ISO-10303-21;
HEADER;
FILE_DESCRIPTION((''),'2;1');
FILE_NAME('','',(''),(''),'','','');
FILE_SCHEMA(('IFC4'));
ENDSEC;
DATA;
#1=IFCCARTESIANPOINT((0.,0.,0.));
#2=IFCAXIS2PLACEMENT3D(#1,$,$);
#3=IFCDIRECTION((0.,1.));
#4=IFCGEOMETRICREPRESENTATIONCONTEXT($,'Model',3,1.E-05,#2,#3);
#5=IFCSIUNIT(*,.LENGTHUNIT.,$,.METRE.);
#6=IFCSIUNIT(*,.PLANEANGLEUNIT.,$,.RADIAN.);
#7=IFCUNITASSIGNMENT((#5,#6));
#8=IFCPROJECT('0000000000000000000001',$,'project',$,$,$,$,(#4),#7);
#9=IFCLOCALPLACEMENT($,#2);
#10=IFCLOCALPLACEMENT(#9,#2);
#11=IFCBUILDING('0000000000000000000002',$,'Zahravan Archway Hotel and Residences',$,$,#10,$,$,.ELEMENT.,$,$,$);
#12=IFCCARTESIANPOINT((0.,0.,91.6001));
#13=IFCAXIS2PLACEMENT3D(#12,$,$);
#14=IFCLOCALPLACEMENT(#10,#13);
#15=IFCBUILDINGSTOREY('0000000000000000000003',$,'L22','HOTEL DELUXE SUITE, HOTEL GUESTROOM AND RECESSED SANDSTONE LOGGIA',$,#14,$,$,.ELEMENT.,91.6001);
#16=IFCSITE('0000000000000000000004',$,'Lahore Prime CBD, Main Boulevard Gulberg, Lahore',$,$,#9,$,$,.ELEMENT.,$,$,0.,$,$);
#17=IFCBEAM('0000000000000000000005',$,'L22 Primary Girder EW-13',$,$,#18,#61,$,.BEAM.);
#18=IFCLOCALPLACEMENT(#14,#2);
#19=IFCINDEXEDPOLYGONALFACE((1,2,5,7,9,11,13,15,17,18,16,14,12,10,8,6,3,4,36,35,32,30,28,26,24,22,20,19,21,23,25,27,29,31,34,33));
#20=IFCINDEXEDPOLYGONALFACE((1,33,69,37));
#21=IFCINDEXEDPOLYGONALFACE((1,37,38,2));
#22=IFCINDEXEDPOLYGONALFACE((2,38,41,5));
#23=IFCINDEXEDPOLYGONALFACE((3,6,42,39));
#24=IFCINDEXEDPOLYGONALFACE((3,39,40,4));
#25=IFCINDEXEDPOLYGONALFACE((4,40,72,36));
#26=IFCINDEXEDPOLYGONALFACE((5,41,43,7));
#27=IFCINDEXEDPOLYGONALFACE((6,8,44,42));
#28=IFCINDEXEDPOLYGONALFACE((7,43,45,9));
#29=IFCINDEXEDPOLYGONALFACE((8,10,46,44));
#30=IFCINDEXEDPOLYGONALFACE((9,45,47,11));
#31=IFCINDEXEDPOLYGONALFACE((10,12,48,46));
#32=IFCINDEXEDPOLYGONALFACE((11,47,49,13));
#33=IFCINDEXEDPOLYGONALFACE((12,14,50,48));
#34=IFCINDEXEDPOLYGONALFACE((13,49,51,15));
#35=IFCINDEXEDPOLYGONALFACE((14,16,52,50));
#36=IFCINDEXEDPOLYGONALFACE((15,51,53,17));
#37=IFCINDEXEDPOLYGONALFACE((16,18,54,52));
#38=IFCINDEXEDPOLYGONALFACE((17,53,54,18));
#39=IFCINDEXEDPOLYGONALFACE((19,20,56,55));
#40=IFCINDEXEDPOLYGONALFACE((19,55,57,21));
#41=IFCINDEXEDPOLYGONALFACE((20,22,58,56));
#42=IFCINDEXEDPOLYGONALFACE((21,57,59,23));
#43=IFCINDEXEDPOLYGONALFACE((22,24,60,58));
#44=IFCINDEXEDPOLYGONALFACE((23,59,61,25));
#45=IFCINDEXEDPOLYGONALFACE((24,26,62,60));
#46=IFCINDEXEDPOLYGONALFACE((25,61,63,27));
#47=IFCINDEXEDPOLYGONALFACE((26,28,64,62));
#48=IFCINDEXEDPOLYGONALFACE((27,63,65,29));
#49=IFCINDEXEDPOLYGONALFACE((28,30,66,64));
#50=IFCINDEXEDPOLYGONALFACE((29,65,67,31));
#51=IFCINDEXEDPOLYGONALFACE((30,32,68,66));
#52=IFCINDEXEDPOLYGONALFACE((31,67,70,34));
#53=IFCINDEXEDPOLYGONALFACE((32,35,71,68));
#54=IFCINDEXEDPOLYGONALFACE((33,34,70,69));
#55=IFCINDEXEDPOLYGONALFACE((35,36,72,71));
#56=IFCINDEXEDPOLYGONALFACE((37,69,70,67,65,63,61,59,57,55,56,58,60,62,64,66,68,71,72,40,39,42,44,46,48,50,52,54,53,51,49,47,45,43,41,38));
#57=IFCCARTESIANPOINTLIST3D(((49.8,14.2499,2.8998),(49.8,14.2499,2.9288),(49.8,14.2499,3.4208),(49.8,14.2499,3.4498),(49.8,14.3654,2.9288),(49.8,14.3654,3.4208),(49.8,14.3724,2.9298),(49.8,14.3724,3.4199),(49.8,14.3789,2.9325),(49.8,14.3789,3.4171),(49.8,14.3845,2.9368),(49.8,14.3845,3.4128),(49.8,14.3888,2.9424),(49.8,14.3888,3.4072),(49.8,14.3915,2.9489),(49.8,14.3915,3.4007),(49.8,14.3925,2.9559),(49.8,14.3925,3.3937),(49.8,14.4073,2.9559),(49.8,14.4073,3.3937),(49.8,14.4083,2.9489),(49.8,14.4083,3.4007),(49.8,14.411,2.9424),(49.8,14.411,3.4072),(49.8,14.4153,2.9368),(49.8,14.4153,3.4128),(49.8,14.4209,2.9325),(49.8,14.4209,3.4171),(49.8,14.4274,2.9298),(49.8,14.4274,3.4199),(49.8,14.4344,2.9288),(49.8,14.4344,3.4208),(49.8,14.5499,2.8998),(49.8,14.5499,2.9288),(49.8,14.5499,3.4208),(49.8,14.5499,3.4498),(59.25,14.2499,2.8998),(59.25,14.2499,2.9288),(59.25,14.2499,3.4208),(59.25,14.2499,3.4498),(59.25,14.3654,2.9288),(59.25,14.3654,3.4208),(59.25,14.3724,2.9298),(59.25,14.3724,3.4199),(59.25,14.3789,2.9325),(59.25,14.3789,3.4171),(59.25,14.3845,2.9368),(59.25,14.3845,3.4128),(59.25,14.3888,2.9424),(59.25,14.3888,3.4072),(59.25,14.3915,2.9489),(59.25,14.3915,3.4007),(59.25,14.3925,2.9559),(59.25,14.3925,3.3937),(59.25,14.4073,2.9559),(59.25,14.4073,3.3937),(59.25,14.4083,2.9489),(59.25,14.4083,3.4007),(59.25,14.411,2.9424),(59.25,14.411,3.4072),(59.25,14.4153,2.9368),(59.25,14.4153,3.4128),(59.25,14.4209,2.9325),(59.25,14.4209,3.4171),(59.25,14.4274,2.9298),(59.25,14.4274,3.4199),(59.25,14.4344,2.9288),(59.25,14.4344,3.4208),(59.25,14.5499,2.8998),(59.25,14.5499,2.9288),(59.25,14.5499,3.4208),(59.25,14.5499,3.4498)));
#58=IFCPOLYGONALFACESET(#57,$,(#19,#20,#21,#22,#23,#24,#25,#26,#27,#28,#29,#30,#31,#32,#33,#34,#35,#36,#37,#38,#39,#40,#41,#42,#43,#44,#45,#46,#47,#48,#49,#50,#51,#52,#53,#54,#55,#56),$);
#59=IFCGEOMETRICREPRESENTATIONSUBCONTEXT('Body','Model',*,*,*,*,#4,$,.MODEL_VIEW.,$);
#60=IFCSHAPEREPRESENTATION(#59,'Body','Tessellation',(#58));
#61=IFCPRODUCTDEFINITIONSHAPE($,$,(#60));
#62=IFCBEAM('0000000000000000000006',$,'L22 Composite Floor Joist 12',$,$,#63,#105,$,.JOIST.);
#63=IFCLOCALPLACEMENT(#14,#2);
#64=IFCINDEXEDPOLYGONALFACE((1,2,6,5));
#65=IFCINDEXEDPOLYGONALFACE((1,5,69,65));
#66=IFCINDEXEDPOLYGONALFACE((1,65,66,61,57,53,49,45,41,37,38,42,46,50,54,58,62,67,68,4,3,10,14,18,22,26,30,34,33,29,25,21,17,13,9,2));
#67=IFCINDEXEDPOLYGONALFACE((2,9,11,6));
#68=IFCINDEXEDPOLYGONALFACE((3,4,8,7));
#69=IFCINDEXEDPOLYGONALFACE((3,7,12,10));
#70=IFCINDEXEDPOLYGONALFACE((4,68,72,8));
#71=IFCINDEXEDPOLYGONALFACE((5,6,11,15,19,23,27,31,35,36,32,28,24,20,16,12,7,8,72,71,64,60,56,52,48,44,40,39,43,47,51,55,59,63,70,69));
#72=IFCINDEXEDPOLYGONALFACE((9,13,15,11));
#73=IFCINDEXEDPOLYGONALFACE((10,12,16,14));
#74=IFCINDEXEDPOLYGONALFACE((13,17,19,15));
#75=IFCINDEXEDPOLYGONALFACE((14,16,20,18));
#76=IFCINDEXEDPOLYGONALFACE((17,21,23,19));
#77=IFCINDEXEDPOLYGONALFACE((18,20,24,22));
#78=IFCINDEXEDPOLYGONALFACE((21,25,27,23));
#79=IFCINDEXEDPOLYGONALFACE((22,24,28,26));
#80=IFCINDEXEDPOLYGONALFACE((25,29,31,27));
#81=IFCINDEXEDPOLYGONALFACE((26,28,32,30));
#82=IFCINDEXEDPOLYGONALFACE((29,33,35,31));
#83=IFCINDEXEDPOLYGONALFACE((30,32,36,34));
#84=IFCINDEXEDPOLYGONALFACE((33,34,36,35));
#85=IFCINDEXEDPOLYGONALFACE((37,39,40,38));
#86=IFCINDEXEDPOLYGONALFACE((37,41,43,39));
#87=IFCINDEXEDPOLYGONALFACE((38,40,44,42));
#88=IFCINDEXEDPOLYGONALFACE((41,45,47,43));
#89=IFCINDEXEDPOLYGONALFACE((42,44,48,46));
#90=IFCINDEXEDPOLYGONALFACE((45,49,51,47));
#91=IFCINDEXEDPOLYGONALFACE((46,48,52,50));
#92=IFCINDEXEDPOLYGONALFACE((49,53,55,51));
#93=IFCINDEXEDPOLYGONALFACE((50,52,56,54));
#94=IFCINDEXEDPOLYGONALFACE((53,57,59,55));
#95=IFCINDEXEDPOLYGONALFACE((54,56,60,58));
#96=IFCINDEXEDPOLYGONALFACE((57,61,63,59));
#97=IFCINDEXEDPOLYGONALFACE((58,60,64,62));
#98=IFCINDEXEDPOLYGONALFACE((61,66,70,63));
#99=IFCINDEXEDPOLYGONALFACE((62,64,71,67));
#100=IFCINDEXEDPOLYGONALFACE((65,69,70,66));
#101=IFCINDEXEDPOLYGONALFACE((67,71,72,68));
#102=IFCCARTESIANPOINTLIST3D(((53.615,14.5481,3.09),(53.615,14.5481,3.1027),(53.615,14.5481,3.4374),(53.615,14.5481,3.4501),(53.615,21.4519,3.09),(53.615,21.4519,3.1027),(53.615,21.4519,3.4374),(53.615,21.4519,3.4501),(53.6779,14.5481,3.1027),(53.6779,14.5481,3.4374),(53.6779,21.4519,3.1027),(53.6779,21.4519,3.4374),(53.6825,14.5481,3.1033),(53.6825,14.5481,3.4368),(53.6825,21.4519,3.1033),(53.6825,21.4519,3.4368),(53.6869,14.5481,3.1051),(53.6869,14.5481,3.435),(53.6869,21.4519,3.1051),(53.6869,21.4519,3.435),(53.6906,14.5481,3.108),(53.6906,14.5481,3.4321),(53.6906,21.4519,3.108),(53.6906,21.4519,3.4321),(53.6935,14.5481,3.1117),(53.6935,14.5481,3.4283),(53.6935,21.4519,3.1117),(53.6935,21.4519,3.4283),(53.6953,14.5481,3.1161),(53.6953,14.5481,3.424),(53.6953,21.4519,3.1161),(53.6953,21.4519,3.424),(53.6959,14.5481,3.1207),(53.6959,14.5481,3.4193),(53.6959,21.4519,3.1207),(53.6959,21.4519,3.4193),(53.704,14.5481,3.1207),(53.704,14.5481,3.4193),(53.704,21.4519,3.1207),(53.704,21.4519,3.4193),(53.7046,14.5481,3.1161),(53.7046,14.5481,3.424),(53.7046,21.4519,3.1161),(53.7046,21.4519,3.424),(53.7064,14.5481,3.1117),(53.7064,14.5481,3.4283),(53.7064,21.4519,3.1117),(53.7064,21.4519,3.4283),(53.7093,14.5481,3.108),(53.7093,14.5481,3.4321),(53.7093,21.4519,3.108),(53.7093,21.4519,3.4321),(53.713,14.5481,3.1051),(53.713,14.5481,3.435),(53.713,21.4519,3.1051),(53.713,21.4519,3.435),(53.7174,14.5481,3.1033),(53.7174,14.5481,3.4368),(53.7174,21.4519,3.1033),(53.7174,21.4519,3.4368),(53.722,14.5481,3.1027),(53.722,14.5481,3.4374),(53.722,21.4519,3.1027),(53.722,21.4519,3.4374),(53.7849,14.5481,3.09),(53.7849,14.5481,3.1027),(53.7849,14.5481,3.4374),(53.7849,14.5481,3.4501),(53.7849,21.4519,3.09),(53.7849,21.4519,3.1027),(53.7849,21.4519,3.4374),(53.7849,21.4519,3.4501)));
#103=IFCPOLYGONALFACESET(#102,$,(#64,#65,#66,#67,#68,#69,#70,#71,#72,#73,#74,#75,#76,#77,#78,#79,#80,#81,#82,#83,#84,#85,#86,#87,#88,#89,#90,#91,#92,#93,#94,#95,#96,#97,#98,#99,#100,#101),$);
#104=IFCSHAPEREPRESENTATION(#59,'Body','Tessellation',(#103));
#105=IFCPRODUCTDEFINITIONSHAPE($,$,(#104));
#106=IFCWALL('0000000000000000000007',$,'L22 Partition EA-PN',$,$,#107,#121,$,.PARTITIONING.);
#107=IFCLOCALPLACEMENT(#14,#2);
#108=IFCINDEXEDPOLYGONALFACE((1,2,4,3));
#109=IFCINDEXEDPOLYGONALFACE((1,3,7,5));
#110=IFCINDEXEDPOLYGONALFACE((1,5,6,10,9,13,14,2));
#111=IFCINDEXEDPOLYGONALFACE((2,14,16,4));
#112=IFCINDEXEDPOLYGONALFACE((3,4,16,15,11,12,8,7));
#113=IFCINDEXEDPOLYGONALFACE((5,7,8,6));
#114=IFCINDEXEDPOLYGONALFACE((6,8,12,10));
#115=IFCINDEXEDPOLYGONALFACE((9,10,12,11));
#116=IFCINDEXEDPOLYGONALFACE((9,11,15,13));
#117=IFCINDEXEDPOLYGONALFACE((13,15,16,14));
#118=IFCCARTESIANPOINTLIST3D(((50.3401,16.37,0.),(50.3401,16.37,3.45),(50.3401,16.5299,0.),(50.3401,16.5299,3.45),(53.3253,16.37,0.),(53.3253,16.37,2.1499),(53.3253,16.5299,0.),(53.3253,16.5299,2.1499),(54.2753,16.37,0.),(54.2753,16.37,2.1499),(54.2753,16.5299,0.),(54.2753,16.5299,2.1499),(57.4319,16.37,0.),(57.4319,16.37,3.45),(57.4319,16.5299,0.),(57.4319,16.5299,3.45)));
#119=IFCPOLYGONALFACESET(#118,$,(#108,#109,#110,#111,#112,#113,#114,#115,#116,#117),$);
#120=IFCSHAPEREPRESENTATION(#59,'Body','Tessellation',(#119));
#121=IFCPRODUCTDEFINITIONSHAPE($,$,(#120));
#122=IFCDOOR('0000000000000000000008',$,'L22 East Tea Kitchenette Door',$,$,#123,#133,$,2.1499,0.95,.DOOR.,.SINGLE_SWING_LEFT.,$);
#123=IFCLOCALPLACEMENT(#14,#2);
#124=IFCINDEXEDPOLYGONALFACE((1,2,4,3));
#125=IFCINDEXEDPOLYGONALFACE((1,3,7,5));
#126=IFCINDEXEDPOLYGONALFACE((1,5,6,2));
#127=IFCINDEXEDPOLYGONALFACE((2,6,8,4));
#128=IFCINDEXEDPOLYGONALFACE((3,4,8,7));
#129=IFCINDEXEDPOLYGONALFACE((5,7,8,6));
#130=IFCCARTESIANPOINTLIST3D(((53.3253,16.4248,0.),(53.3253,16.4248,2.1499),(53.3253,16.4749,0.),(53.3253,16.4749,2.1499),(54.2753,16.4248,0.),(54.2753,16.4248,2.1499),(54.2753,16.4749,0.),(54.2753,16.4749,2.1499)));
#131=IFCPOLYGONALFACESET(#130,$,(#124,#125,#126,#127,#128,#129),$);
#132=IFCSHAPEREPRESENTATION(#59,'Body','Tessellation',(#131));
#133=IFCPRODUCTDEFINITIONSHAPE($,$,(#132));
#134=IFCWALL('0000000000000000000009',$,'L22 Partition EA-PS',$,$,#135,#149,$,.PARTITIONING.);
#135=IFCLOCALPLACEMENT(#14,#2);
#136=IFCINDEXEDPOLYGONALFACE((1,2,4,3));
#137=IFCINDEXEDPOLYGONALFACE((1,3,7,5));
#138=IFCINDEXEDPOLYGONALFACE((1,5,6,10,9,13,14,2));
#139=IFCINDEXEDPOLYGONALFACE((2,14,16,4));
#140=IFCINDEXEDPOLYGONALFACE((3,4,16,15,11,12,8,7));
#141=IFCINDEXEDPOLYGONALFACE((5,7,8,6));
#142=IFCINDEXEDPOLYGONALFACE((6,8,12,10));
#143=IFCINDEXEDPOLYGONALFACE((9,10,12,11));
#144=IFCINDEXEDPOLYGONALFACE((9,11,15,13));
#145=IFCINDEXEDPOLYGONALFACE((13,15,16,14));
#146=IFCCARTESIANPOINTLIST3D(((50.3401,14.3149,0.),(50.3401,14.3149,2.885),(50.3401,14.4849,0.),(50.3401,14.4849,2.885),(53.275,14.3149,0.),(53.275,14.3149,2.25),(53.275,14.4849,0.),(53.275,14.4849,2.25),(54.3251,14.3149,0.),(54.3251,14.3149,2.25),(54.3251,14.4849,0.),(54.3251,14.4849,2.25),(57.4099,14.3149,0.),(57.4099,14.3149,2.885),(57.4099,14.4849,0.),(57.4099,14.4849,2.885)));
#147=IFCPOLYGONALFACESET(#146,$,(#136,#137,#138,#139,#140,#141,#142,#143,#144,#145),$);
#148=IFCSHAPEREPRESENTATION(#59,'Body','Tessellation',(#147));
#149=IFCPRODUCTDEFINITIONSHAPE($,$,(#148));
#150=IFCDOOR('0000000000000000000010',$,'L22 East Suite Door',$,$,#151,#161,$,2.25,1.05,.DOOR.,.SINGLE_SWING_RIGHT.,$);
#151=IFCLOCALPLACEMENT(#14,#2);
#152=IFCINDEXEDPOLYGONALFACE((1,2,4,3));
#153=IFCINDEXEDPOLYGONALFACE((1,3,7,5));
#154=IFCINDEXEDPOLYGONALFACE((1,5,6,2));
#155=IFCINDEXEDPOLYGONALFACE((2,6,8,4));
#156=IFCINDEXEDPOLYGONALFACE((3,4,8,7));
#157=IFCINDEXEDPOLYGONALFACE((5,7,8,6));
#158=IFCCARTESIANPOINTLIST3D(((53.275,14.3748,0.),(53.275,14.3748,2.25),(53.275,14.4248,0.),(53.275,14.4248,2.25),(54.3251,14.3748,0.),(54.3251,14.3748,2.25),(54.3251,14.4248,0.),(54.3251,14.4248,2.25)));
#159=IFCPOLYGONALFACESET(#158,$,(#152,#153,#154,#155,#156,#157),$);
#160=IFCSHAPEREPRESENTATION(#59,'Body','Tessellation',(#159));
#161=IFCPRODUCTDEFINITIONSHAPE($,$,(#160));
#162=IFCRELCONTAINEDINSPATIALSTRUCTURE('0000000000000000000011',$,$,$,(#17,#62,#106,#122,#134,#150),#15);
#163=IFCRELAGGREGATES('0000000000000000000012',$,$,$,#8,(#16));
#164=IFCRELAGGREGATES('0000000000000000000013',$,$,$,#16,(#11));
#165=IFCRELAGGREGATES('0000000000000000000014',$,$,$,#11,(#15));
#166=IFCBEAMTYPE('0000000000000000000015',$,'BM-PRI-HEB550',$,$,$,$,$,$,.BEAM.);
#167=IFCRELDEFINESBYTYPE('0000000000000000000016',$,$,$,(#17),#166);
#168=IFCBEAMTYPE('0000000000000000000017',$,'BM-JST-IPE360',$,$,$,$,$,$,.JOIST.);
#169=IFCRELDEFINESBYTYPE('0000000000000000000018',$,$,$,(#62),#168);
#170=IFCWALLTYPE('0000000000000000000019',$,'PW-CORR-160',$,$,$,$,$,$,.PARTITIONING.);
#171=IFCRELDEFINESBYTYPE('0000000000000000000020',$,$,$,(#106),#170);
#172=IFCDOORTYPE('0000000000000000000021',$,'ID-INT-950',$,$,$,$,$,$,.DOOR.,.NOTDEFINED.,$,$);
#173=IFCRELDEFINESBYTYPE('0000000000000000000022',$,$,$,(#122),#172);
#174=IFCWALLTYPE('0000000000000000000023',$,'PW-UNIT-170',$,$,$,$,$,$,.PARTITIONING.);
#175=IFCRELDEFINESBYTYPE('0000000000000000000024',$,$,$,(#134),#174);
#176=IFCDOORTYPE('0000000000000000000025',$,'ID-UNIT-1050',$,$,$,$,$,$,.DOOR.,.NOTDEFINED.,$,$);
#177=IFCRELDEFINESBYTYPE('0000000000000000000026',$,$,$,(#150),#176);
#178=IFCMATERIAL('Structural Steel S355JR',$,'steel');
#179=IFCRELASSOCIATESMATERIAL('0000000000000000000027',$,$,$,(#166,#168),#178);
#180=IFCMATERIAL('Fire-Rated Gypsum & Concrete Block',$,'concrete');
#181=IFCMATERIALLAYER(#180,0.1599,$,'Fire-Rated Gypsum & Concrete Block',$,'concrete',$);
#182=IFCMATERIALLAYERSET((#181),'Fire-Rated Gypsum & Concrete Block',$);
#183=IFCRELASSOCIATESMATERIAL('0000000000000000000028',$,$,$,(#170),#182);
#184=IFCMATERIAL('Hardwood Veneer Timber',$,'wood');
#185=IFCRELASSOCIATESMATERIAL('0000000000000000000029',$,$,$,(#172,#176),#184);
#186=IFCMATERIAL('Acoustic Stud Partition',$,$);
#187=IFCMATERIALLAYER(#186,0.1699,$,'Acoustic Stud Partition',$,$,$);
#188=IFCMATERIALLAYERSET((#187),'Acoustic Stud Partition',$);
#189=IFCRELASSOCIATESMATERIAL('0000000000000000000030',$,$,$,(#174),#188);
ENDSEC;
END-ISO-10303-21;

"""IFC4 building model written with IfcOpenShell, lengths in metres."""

from ifc_helpers import new_model, si_unit, direction, frame, frame_2d, origin, origin_2d, place, context, subcontext, project, spatial, rectangle, i_section, extrude, source, transform, mapped, material, layer, layer_set, material_profile, profile_set, type_object, type_shapes, element, fill, save


model = new_model("IFC4")

# Units and contexts
model_context = context("Model", 3, precision=1e-05, world=origin(), true_north=direction((0.0, 1.0)))
body_context = subcontext(model_context, "Body", "Model", "MODEL_VIEW")
ifc_project = project(units=[si_unit("LENGTHUNIT", "METRE"), si_unit("PLANEANGLEUNIT", "RADIAN")], contexts=[model_context])

# Site, building, storey
site_placement = place(None, origin())
site = spatial("IfcSite", under=ifc_project, at=site_placement, Name="Lahore Prime CBD, Main Boulevard Gulberg, Lahore", CompositionType="ELEMENT", RefElevation=0.0)
building_placement = place(site_placement, origin())
building = spatial("IfcBuilding", under=site, at=building_placement, Name="Zahravan Archway Hotel and Residences", CompositionType="ELEMENT")
storey_placement = place(building_placement, frame((0.0, 0.0, 91.6001)))
storey = spatial("IfcBuildingStorey", under=building, at=storey_placement, Name="L22", Description="HOTEL DELUXE SUITE, HOTEL GUESTROOM AND RECESSED SANDSTONE LOGGIA", CompositionType="ELEMENT", Elevation=91.6001)

# Beams
ifc_material_1 = material(Name="Structural Steel S355JR", Category="steel")
ifc_material_profile_1 = material_profile(ifc_material_1, i_section(OverallWidth=0.3, OverallDepth=0.55, WebThickness=0.0149, FlangeThickness=0.0291, FilletRadius=0.0271, at=origin_2d()), Name="HEB 550", Category="steel")
ifc_profile_set_1 = profile_set([ifc_material_profile_1], Name="Structural Steel S355JR")
beam_type_1 = type_object("IfcBeamType", Name="BM-PRI-HEB550", PredefinedType="BEAM", material=ifc_profile_set_1)
shared_shape_1 = source(origin(), body_context, "Body", "SweptSolid", [
    extrude(i_section(OverallWidth=0.3, OverallDepth=0.55, WebThickness=0.0149, FlangeThickness=0.0291, FilletRadius=0.0271, at=origin_2d()), origin(), (0.0, 0.0, 1.0), 9.45),
])
beam_1_placement = place(storey_placement, frame((49.8, 14.3999, 3.1748), z_axis=(1.0, 0.0, 0.0), x_axis=(0.0, 1.0, 0.0)))
element("IfcBeam", 1, at=beam_1_placement, inside=storey, type_object=beam_type_1, Name="L22 Primary Girder EW-13", PredefinedType="BEAM", context=body_context, shape_type="MappedRepresentation", body=[
    mapped(shared_shape_1, transform((0.0, 0.0, 0.0), scale=1.0)),
])
ifc_material_profile_2 = material_profile(ifc_material_1, i_section(OverallWidth=0.1699, OverallDepth=0.3601, WebThickness=0.0081, FlangeThickness=0.0127, FilletRadius=0.0181, at=origin_2d()), Name="IPE 360", Category="steel")
ifc_profile_set_2 = profile_set([ifc_material_profile_2], Name="Structural Steel S355JR")
beam_type_2 = type_object("IfcBeamType", Name="BM-JST-IPE360", PredefinedType="JOIST", material=ifc_profile_set_2)
shared_shape_2 = source(origin(), body_context, "Body", "SweptSolid", [
    extrude(i_section(OverallWidth=0.1699, OverallDepth=0.3601, WebThickness=0.0081, FlangeThickness=0.0127, FilletRadius=0.0181, at=origin_2d()), origin(), (0.0, 0.0, 1.0), 6.9038),
])
beam_2_placement = place(storey_placement, frame((53.7, 14.5481, 3.27), z_axis=(0.0, 1.0, 0.0), x_axis=(-1.0, 0.0, 0.0)))
element("IfcBeam", 2, at=beam_2_placement, inside=storey, type_object=beam_type_2, Name="L22 Composite Floor Joist 12", PredefinedType="JOIST", context=body_context, shape_type="MappedRepresentation", body=[
    mapped(shared_shape_2, transform((0.0, 0.0, 0.0), scale=1.0)),
])

# Walls, openings, doors
ifc_material_2 = material(Name="Fire-Rated Gypsum & Concrete Block", Category="concrete")
ifc_layer_1 = layer(ifc_material_2, 0.1599, Name="Fire-Rated Gypsum & Concrete Block", Category="concrete")
ifc_layer_set_1 = layer_set([ifc_layer_1], Name="Fire-Rated Gypsum & Concrete Block")
wall_type_1 = type_object("IfcWallType", Name="PW-CORR-160", PredefinedType="PARTITIONING", material=ifc_layer_set_1)
wall_1_placement = place(storey_placement, frame((50.3401, 16.45, 0.0), z_axis=(0.0, 0.0, 1.0), x_axis=(1.0, 0.0, 0.0)))
wall_1 = element("IfcWall", 3, at=wall_1_placement, inside=storey, type_object=wall_type_1, Name="L22 Partition EA-PN", PredefinedType="PARTITIONING", context=body_context, shape_type="SweptSolid", body=[
    extrude(rectangle(XDim=7.0918, YDim=0.1599, at=frame_2d((3.5459, 0.0))), origin(), (0.0, 0.0, 1.0), 3.45),
])
opening_1_placement = place(wall_1_placement, frame((2.9851, 0.0, 0.0)))
opening_1 = element("IfcOpeningElement", 4, at=opening_1_placement, cuts=wall_1, PredefinedType="OPENING", context=body_context, shape_type="SweptSolid", body=[
    extrude(rectangle(XDim=0.95, YDim=2.1499, at=frame_2d((0.4751, 1.075))), frame((0.0, 0.0898, 0.0), z_axis=(0.0, -1.0, 0.0), x_axis=(1.0, 0.0, 0.0)), (0.0, 0.0, 1.0), 0.1799),
])
ifc_material_3 = material(Name="Hardwood Veneer Timber", Category="wood")
door_type_1 = type_object("IfcDoorType", Name="ID-INT-950", OperationType="NOTDEFINED", PredefinedType="DOOR", material=ifc_material_3)
shared_shape_3 = source(origin(), body_context, "Body", "SweptSolid", [
    extrude(rectangle(XDim=0.95, YDim=2.1499, at=frame_2d((0.4751, 1.075))), frame((0.0, 0.0249, 0.0), z_axis=(0.0, -1.0, 0.0), x_axis=(1.0, 0.0, 0.0)), (0.0, 0.0, 1.0), 0.05),
])
type_shapes(door_type_1, [shared_shape_3])
door_1_placement = place(opening_1_placement, origin())
door_1 = element("IfcDoor", 5, at=door_1_placement, inside=storey, type_object=door_type_1, Name="L22 East Tea Kitchenette Door", OperationType="SINGLE_SWING_LEFT", OverallHeight=2.1499, OverallWidth=0.95, PredefinedType="DOOR", context=body_context, shape_type="MappedRepresentation", body=[
    mapped(shared_shape_3, transform((0.0, 0.0, 0.0), scale=1.0)),
])
fill(opening_1, door_1)
ifc_material_4 = material(Name="Acoustic Stud Partition")
ifc_layer_2 = layer(ifc_material_4, 0.1699, Name="Acoustic Stud Partition")
ifc_layer_set_2 = layer_set([ifc_layer_2], Name="Acoustic Stud Partition")
wall_type_2 = type_object("IfcWallType", Name="PW-UNIT-170", PredefinedType="PARTITIONING", material=ifc_layer_set_2)
wall_2_placement = place(storey_placement, frame((50.3401, 14.3999, 0.0), z_axis=(0.0, 0.0, 1.0), x_axis=(1.0, 0.0, 0.0)))
wall_2 = element("IfcWall", 6, at=wall_2_placement, inside=storey, type_object=wall_type_2, Name="L22 Partition EA-PS", PredefinedType="PARTITIONING", context=body_context, shape_type="SweptSolid", body=[
    extrude(rectangle(XDim=7.0698, YDim=0.1699, at=frame_2d((3.5349, 0.0))), origin(), (0.0, 0.0, 1.0), 2.885),
])
opening_2_placement = place(wall_2_placement, frame((2.9351, 0.0, 0.0)))
opening_2 = element("IfcOpeningElement", 7, at=opening_2_placement, cuts=wall_2, PredefinedType="OPENING", context=body_context, shape_type="SweptSolid", body=[
    extrude(rectangle(XDim=1.05, YDim=2.25, at=frame_2d((0.5249, 1.125))), frame((0.0, 0.095, 0.0), z_axis=(0.0, -1.0, 0.0), x_axis=(1.0, 0.0, 0.0)), (0.0, 0.0, 1.0), 0.1899),
])
door_type_2 = type_object("IfcDoorType", Name="ID-UNIT-1050", OperationType="NOTDEFINED", PredefinedType="DOOR", material=ifc_material_3)
shared_shape_4 = source(origin(), body_context, "Body", "SweptSolid", [
    extrude(rectangle(XDim=1.05, YDim=2.25, at=frame_2d((0.5249, 1.125))), frame((0.0, 0.0249, 0.0), z_axis=(0.0, -1.0, 0.0), x_axis=(1.0, 0.0, 0.0)), (0.0, 0.0, 1.0), 0.05),
])
type_shapes(door_type_2, [shared_shape_4])
door_2_placement = place(opening_2_placement, origin())
door_2 = element("IfcDoor", 8, at=door_2_placement, inside=storey, type_object=door_type_2, Name="L22 East Suite Door", OperationType="SINGLE_SWING_RIGHT", OverallHeight=2.25, OverallWidth=1.05, PredefinedType="DOOR", context=body_context, shape_type="MappedRepresentation", body=[
    mapped(shared_shape_4, transform((0.0, 0.0, 0.0), scale=1.0)),
])
fill(opening_2, door_2)

save(model, "model.ifc")
